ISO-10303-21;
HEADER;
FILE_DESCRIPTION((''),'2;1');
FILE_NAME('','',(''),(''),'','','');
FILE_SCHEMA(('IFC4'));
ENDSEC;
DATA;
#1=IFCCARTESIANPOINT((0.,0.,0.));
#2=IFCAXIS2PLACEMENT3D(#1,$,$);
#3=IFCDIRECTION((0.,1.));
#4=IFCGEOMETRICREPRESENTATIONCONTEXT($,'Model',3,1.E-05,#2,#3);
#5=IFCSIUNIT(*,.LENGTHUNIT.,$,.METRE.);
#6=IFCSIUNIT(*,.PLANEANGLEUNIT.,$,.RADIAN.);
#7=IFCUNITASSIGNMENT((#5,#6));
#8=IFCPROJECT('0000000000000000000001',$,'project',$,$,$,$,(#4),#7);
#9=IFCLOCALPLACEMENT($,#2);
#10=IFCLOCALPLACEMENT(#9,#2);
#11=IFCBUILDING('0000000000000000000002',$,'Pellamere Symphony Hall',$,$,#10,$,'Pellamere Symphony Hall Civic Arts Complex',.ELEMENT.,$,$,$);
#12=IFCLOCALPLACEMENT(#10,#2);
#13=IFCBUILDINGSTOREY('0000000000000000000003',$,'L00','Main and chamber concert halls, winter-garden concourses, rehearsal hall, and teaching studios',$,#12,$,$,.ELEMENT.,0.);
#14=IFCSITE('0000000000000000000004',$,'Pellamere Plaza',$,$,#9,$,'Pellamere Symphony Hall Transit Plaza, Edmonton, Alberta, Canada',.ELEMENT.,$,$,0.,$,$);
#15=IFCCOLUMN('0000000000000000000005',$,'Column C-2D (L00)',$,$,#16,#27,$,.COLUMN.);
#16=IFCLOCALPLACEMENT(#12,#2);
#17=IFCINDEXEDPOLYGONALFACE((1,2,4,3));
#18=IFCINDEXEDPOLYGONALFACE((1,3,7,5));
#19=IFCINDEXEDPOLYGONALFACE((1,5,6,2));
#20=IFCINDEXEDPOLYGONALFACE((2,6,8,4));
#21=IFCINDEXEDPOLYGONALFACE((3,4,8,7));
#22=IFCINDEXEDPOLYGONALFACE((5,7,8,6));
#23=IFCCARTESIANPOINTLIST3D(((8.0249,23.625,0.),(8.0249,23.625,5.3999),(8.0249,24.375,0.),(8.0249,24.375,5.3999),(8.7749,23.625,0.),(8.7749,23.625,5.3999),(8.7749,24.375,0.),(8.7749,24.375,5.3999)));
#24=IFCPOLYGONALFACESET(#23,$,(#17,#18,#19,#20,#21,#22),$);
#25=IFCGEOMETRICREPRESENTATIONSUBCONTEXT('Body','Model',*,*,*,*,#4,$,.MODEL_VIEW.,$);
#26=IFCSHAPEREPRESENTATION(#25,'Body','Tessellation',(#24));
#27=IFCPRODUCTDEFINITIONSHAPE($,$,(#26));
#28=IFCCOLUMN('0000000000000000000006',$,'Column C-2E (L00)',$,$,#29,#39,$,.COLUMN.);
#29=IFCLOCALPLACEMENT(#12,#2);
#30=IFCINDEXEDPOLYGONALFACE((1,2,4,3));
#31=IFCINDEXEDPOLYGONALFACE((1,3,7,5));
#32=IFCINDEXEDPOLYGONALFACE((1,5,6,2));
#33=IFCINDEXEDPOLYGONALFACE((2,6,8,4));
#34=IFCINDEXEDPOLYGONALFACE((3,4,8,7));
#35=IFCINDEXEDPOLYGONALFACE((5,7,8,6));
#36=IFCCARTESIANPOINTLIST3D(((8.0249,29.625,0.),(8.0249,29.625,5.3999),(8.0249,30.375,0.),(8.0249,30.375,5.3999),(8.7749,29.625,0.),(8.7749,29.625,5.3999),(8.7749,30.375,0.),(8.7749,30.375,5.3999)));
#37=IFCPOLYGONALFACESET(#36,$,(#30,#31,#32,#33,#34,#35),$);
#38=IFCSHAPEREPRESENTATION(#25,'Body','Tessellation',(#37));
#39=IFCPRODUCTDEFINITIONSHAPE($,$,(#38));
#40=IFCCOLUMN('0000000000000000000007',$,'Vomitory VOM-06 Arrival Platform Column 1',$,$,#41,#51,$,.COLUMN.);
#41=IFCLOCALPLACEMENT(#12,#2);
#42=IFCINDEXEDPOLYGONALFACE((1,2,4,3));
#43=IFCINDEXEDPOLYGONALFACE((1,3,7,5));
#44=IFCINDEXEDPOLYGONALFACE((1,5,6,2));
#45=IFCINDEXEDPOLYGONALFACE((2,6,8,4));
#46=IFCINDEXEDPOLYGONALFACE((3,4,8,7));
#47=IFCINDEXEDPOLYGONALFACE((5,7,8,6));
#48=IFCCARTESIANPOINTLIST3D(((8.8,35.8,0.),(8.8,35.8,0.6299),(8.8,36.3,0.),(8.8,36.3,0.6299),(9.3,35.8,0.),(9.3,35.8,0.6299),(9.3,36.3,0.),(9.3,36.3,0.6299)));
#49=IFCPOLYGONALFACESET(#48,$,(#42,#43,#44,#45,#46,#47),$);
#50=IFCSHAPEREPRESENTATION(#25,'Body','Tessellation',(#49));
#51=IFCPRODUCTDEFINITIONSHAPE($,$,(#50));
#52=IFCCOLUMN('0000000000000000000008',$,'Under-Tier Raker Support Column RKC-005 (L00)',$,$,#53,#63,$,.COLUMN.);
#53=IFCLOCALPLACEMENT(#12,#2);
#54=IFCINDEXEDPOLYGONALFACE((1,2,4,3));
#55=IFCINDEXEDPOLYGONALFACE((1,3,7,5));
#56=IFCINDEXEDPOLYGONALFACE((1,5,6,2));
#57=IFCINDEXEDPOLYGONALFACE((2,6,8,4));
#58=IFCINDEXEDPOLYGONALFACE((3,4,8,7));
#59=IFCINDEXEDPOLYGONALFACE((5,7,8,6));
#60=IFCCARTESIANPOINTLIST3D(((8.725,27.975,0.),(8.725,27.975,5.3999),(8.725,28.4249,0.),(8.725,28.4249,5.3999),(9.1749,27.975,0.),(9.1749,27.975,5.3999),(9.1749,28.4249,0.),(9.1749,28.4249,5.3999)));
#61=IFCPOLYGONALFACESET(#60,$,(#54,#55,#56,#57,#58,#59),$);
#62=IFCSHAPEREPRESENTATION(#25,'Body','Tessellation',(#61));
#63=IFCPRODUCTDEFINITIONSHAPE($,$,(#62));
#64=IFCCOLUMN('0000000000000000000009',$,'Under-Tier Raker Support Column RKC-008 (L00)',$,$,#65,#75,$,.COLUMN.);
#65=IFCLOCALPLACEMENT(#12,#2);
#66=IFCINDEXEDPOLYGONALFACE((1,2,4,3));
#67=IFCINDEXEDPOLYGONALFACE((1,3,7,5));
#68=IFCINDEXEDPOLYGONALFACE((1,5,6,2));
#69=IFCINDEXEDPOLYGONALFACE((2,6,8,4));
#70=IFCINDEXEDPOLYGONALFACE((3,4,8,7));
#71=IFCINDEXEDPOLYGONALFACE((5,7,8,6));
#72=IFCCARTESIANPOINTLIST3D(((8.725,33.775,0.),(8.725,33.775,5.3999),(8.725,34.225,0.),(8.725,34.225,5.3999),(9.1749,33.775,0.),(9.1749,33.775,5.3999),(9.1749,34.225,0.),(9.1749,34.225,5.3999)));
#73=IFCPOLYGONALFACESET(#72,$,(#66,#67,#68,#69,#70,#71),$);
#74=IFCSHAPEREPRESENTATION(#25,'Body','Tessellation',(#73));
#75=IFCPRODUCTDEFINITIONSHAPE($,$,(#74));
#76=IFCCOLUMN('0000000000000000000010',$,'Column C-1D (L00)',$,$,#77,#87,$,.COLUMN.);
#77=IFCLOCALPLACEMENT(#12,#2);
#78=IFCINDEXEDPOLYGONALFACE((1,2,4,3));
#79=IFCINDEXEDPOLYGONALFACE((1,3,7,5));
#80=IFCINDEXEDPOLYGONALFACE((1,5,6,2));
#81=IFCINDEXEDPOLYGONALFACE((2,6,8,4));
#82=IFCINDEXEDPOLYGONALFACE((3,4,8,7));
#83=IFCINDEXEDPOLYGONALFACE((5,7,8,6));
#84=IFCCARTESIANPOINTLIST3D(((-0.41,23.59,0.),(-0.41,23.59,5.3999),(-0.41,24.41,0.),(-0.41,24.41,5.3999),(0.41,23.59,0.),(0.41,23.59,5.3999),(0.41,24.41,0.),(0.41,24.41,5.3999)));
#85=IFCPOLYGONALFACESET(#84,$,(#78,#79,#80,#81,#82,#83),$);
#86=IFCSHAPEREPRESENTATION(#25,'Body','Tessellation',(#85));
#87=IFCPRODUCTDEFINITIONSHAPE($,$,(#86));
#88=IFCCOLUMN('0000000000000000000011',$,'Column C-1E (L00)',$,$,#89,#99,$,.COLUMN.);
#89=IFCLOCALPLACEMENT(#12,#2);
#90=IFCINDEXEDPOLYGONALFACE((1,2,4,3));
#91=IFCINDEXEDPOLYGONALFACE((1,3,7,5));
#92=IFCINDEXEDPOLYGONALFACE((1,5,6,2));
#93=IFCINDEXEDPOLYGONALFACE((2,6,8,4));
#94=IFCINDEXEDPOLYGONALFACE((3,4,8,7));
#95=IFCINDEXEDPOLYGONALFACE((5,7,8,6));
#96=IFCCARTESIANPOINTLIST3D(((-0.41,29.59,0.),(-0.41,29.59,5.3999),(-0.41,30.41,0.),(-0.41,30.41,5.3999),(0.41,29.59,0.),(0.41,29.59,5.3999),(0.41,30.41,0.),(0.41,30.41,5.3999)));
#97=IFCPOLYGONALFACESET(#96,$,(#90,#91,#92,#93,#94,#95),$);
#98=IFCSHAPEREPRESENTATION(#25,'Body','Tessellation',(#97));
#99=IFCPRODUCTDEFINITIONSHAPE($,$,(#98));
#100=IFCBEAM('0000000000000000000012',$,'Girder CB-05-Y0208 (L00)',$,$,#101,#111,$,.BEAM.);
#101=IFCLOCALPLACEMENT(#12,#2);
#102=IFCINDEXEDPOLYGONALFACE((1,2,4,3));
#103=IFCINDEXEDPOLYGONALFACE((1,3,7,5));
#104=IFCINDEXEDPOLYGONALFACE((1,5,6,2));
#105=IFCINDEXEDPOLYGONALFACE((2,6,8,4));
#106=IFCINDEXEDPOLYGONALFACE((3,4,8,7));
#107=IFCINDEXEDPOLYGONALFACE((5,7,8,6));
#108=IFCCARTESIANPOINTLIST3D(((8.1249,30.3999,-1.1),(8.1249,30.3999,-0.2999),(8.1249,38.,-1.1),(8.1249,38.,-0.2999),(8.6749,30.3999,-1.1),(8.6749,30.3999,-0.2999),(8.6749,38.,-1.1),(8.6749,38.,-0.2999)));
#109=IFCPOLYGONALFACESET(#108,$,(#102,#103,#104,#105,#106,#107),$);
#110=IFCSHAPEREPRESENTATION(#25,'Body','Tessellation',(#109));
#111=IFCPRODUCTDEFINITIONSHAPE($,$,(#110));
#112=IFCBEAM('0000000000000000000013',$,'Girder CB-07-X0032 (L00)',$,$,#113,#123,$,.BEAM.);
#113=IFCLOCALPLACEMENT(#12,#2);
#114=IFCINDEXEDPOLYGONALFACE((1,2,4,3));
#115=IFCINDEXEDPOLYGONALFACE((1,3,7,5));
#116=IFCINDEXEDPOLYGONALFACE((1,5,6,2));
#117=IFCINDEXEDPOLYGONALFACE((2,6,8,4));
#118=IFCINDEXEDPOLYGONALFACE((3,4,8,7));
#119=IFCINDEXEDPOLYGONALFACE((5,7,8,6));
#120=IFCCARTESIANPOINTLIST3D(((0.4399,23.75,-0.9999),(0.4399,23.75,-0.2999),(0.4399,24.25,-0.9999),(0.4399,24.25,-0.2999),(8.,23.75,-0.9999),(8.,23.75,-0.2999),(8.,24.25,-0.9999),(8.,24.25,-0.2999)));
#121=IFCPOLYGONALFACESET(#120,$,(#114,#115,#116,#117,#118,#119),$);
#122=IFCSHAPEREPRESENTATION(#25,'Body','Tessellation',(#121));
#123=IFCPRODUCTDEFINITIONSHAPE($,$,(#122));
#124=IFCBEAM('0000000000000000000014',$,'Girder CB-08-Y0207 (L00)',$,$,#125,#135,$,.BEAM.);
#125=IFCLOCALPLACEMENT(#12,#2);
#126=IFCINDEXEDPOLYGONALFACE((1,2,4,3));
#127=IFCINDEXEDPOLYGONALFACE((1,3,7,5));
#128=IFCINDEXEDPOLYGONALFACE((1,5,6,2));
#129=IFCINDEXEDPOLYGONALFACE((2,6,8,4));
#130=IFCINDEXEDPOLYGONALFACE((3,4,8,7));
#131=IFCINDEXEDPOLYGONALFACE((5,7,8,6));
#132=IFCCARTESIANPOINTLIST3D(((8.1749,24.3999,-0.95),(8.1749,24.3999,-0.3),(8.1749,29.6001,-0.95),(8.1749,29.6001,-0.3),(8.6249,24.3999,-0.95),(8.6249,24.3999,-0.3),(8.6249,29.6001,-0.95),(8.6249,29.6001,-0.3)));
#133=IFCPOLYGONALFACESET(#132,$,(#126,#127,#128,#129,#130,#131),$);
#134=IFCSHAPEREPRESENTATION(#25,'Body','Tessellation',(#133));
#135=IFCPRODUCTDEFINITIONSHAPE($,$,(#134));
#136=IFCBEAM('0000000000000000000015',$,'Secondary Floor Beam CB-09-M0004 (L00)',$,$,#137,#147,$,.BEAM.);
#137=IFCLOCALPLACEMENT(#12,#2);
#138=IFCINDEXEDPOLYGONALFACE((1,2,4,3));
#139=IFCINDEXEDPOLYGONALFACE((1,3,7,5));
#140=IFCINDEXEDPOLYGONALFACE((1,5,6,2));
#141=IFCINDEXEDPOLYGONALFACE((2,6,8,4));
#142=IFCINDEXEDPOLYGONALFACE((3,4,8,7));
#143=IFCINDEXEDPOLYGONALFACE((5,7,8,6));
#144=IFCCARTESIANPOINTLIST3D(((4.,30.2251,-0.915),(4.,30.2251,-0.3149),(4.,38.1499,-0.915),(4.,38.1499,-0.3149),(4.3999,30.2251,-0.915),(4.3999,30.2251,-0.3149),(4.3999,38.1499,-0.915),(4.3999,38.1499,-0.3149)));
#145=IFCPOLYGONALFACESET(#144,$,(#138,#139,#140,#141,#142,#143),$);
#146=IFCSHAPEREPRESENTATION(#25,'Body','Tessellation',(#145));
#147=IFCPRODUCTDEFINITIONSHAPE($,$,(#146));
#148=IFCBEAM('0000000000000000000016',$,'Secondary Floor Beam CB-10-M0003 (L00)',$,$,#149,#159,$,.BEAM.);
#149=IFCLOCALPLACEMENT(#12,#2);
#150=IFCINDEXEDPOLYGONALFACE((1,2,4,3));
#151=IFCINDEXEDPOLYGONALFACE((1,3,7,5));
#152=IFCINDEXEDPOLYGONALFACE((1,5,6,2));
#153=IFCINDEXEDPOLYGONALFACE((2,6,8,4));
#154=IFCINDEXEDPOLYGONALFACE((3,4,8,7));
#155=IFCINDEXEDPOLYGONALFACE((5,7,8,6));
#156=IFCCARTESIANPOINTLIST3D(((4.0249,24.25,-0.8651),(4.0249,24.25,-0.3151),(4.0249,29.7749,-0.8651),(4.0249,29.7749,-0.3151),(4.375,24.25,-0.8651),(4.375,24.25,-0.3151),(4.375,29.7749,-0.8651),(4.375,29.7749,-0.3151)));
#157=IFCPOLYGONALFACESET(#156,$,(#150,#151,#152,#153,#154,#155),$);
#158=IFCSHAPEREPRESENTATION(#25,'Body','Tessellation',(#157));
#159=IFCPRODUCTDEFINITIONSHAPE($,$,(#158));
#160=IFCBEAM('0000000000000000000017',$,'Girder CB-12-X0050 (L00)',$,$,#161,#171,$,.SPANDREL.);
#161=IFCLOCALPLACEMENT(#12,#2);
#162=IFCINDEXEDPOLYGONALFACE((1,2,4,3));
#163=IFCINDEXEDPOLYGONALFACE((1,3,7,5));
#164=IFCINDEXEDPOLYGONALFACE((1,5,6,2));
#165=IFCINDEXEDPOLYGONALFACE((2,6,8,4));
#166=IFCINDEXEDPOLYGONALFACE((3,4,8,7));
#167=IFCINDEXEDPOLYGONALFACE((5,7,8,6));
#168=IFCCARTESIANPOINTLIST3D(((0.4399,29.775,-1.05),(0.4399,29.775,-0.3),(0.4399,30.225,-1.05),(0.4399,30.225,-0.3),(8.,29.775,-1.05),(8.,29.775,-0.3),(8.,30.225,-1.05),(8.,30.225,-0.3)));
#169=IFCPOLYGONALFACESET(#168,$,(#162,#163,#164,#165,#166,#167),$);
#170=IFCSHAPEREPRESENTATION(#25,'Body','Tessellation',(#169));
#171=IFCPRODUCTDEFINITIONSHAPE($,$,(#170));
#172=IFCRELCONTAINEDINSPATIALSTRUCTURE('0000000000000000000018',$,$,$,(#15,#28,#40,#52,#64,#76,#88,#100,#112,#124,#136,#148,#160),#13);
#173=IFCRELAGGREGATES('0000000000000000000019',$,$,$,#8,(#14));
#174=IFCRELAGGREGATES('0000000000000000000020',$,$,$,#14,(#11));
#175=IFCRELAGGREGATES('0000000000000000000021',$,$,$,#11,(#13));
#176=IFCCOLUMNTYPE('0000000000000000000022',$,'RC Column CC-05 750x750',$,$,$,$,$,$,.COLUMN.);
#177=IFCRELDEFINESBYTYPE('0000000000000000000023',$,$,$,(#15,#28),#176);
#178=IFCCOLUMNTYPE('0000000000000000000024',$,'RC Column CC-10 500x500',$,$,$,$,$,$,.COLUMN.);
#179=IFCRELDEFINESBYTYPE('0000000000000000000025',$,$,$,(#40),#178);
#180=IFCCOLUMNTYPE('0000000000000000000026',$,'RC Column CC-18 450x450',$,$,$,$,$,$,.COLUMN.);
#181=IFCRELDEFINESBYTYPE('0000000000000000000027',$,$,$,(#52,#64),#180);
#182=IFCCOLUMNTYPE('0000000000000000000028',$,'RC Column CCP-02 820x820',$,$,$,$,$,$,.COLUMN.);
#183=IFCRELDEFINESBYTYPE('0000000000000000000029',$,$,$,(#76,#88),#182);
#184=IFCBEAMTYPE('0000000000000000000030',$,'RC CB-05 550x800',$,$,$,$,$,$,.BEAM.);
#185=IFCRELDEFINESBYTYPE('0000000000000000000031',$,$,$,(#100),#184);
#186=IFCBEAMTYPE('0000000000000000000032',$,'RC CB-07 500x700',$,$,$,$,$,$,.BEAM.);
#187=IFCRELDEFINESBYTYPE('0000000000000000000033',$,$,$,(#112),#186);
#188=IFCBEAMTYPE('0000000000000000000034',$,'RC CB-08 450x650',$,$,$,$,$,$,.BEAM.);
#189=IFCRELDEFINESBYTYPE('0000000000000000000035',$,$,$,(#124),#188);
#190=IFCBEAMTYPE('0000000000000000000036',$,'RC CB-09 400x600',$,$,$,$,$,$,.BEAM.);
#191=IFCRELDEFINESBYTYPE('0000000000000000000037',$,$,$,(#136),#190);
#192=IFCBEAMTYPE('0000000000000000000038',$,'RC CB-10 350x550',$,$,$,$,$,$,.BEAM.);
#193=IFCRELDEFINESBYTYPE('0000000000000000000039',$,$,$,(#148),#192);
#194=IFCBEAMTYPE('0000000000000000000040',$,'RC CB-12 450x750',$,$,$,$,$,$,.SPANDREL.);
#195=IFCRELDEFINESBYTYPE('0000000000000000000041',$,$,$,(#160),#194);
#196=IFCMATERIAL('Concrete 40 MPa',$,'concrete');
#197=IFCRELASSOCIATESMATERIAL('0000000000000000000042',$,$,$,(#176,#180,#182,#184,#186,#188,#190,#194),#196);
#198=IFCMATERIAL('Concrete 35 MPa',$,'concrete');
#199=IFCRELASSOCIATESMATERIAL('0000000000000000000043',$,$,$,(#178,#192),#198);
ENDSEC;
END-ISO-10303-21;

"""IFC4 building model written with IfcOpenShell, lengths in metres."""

from ifc_helpers import new_model, si_unit, direction, frame, origin, origin_2d, place, context, subcontext, project, spatial, rectangle, extrude, material, material_profile, profile_set, type_object, element, save


model = new_model("IFC4")

# Units and contexts
model_context = context("Model", 3, precision=1e-05, world=origin(), true_north=direction((0.0, 1.0)))
body_context = subcontext(model_context, "Body", "Model", "MODEL_VIEW")
ifc_project = project(units=[si_unit("LENGTHUNIT", "METRE"), si_unit("PLANEANGLEUNIT", "RADIAN")], contexts=[model_context])

# Site, building, storey
site_placement = place(None, origin())
site = spatial("IfcSite", under=ifc_project, at=site_placement, Name="Pellamere Plaza", LongName="Pellamere Symphony Hall Transit Plaza, Edmonton, Alberta, Canada", CompositionType="ELEMENT", RefElevation=0.0)
building_placement = place(site_placement, origin())
building = spatial("IfcBuilding", under=site, at=building_placement, Name="Pellamere Symphony Hall", LongName="Pellamere Symphony Hall Civic Arts Complex", CompositionType="ELEMENT")
storey_placement = place(building_placement, origin())
storey = spatial("IfcBuildingStorey", under=building, at=storey_placement, Name="L00", Description="Main and chamber concert halls, winter-garden concourses, rehearsal hall, and teaching studios", CompositionType="ELEMENT", Elevation=0.0)

# Columns
ifc_material_1 = material(Name="Concrete 40 MPa", Category="concrete")
ifc_material_profile_1 = material_profile(ifc_material_1, rectangle(XDim=0.75, YDim=0.75, at=origin_2d()), Name="RC 750x750")
ifc_profile_set_1 = profile_set([ifc_material_profile_1], Name="Concrete 40 MPa")
column_type_1 = type_object("IfcColumnType", Name="RC Column CC-05 750x750", PredefinedType="COLUMN", material=ifc_profile_set_1)
for number, where, z_axis, x_axis, name in (
    (1, (8.3999, 24.0, 0.0), (0.0, 0.0, 1.0), (1.0, 0.0, 0.0), "Column C-2D (L00)"),
    (2, (8.3999, 30.0, 0.0), (0.0, 0.0, 1.0), (1.0, 0.0, 0.0), "Column C-2E (L00)"),
):
    element("IfcColumn", number, at=place(storey_placement, frame(where, z_axis=z_axis, x_axis=x_axis)), inside=storey, type_object=column_type_1, Name=name, PredefinedType="COLUMN", context=body_context, shape_type="SweptSolid", body=[
        extrude(rectangle(XDim=0.75, YDim=0.75, at=origin_2d()), origin(), (0.0, 0.0, 1.0), 5.3999),
    ])
ifc_material_2 = material(Name="Concrete 35 MPa", Category="concrete")
ifc_material_profile_2 = material_profile(ifc_material_2, rectangle(XDim=0.5, YDim=0.5, at=origin_2d()), Name="RC 500x500")
ifc_profile_set_2 = profile_set([ifc_material_profile_2], Name="Concrete 35 MPa")
column_type_2 = type_object("IfcColumnType", Name="RC Column CC-10 500x500", PredefinedType="COLUMN", material=ifc_profile_set_2)
column_placement = place(storey_placement, frame((9.05, 36.05, 0.0), z_axis=(0.0, 0.0, 1.0), x_axis=(1.0, 0.0, 0.0)))
element("IfcColumn", 3, at=column_placement, inside=storey, type_object=column_type_2, Name="Vomitory VOM-06 Arrival Platform Column 1", PredefinedType="COLUMN", context=body_context, shape_type="SweptSolid", body=[
    extrude(rectangle(XDim=0.5, YDim=0.5, at=origin_2d()), origin(), (0.0, 0.0, 1.0), 0.6299),
])
ifc_material_profile_3 = material_profile(ifc_material_1, rectangle(XDim=0.45, YDim=0.45, at=origin_2d()), Name="RC 450x450")
ifc_profile_set_3 = profile_set([ifc_material_profile_3], Name="Concrete 40 MPa")
column_type_3 = type_object("IfcColumnType", Name="RC Column CC-18 450x450", PredefinedType="COLUMN", material=ifc_profile_set_3)
for number, where, z_axis, x_axis, name in (
    (4, (8.95, 28.2, 0.0), (0.0, 0.0, 1.0), (1.0, 0.0, 0.0), "Under-Tier Raker Support Column RKC-005 (L00)"),
    (5, (8.95, 34.0, 0.0), (0.0, 0.0, 1.0), (1.0, 0.0, 0.0), "Under-Tier Raker Support Column RKC-008 (L00)"),
):
    element("IfcColumn", number, at=place(storey_placement, frame(where, z_axis=z_axis, x_axis=x_axis)), inside=storey, type_object=column_type_3, Name=name, PredefinedType="COLUMN", context=body_context, shape_type="SweptSolid", body=[
        extrude(rectangle(XDim=0.45, YDim=0.45, at=origin_2d()), origin(), (0.0, 0.0, 1.0), 5.3999),
    ])
ifc_material_profile_4 = material_profile(ifc_material_1, rectangle(XDim=0.8201, YDim=0.8201, at=origin_2d()), Name="RC 820x820")
ifc_profile_set_4 = profile_set([ifc_material_profile_4], Name="Concrete 40 MPa")
column_type_4 = type_object("IfcColumnType", Name="RC Column CCP-02 820x820", PredefinedType="COLUMN", material=ifc_profile_set_4)
for number, where, z_axis, x_axis, name in (
    (6, (0.0, 24.0, 0.0), (0.0, 0.0, 1.0), (1.0, 0.0, 0.0), "Column C-1D (L00)"),
    (7, (0.0, 30.0, 0.0), (0.0, 0.0, 1.0), (1.0, 0.0, 0.0), "Column C-1E (L00)"),
):
    element("IfcColumn", number, at=place(storey_placement, frame(where, z_axis=z_axis, x_axis=x_axis)), inside=storey, type_object=column_type_4, Name=name, PredefinedType="COLUMN", context=body_context, shape_type="SweptSolid", body=[
        extrude(rectangle(XDim=0.8201, YDim=0.8201, at=origin_2d()), origin(), (0.0, 0.0, 1.0), 5.3999),
    ])

# Beams
ifc_material_profile_5 = material_profile(ifc_material_1, rectangle(XDim=0.55, YDim=0.8, at=origin_2d()), Name="RC 550x800")
ifc_profile_set_5 = profile_set([ifc_material_profile_5], Name="Concrete 40 MPa")
beam_type_1 = type_object("IfcBeamType", Name="RC CB-05 550x800", PredefinedType="BEAM", material=ifc_profile_set_5)
beam_1_placement = place(storey_placement, frame((8.3999, 30.3999, -0.7), z_axis=(0.0, 1.0, 0.0), x_axis=(-1.0, 0.0, 0.0)))
element("IfcBeam", 8, at=beam_1_placement, inside=storey, type_object=beam_type_1, Name="Girder CB-05-Y0208 (L00)", PredefinedType="BEAM", context=body_context, shape_type="SweptSolid", body=[
    extrude(rectangle(XDim=0.55, YDim=0.8, at=origin_2d()), origin(), (0.0, 0.0, 1.0), 7.6001),
])
ifc_material_profile_6 = material_profile(ifc_material_1, rectangle(XDim=0.5, YDim=0.7, at=origin_2d()), Name="RC 500x700")
ifc_profile_set_6 = profile_set([ifc_material_profile_6], Name="Concrete 40 MPa")
beam_type_2 = type_object("IfcBeamType", Name="RC CB-07 500x700", PredefinedType="BEAM", material=ifc_profile_set_6)
beam_2_placement = place(storey_placement, frame((0.4399, 24.0, -0.6499), z_axis=(1.0, 0.0, 0.0), x_axis=(0.0, 1.0, 0.0)))
element("IfcBeam", 9, at=beam_2_placement, inside=storey, type_object=beam_type_2, Name="Girder CB-07-X0032 (L00)", PredefinedType="BEAM", context=body_context, shape_type="SweptSolid", body=[
    extrude(rectangle(XDim=0.5, YDim=0.7, at=origin_2d()), origin(), (0.0, 0.0, 1.0), 7.5601),
])
ifc_material_profile_7 = material_profile(ifc_material_1, rectangle(XDim=0.45, YDim=0.6499, at=origin_2d()), Name="RC 450x650")
ifc_profile_set_7 = profile_set([ifc_material_profile_7], Name="Concrete 40 MPa")
beam_type_3 = type_object("IfcBeamType", Name="RC CB-08 450x650", PredefinedType="BEAM", material=ifc_profile_set_7)
beam_3_placement = place(storey_placement, frame((8.3999, 24.3999, -0.625), z_axis=(0.0, 1.0, 0.0), x_axis=(-1.0, 0.0, 0.0)))
element("IfcBeam", 10, at=beam_3_placement, inside=storey, type_object=beam_type_3, Name="Girder CB-08-Y0207 (L00)", PredefinedType="BEAM", context=body_context, shape_type="SweptSolid", body=[
    extrude(rectangle(XDim=0.45, YDim=0.6499, at=origin_2d()), origin(), (0.0, 0.0, 1.0), 5.2002),
])
ifc_material_profile_8 = material_profile(ifc_material_1, rectangle(XDim=0.3999, YDim=0.6001, at=origin_2d()), Name="RC 400x600")
ifc_profile_set_8 = profile_set([ifc_material_profile_8], Name="Concrete 40 MPa")
beam_type_4 = type_object("IfcBeamType", Name="RC CB-09 400x600", PredefinedType="BEAM", material=ifc_profile_set_8)
beam_4_placement = place(storey_placement, frame((4.2, 30.2251, -0.615), z_axis=(0.0, 1.0, 0.0), x_axis=(-1.0, 0.0, 0.0)))
element("IfcBeam", 11, at=beam_4_placement, inside=storey, type_object=beam_type_4, Name="Secondary Floor Beam CB-09-M0004 (L00)", PredefinedType="BEAM", context=body_context, shape_type="SweptSolid", body=[
    extrude(rectangle(XDim=0.3999, YDim=0.6001, at=origin_2d()), origin(), (0.0, 0.0, 1.0), 7.9248),
])
ifc_material_profile_9 = material_profile(ifc_material_2, rectangle(XDim=0.3501, YDim=0.55, at=origin_2d()), Name="RC 350x550")
ifc_profile_set_9 = profile_set([ifc_material_profile_9], Name="Concrete 35 MPa")
beam_type_5 = type_object("IfcBeamType", Name="RC CB-10 350x550", PredefinedType="BEAM", material=ifc_profile_set_9)
beam_5_placement = place(storey_placement, frame((4.2, 24.25, -0.5901), z_axis=(0.0, 1.0, 0.0), x_axis=(-1.0, 0.0, 0.0)))
element("IfcBeam", 12, at=beam_5_placement, inside=storey, type_object=beam_type_5, Name="Secondary Floor Beam CB-10-M0003 (L00)", PredefinedType="BEAM", context=body_context, shape_type="SweptSolid", body=[
    extrude(rectangle(XDim=0.3501, YDim=0.55, at=origin_2d()), origin(), (0.0, 0.0, 1.0), 5.5249),
])
ifc_material_profile_10 = material_profile(ifc_material_1, rectangle(XDim=0.45, YDim=0.75, at=origin_2d()), Name="RC 450x750")
ifc_profile_set_10 = profile_set([ifc_material_profile_10], Name="Concrete 40 MPa")
beam_type_6 = type_object("IfcBeamType", Name="RC CB-12 450x750", PredefinedType="SPANDREL", material=ifc_profile_set_10)
beam_6_placement = place(storey_placement, frame((0.4399, 30.0, -0.675), z_axis=(1.0, 0.0, 0.0), x_axis=(0.0, 1.0, 0.0)))
element("IfcBeam", 13, at=beam_6_placement, inside=storey, type_object=beam_type_6, Name="Girder CB-12-X0050 (L00)", PredefinedType="SPANDREL", context=body_context, shape_type="SweptSolid", body=[
    extrude(rectangle(XDim=0.45, YDim=0.75, at=origin_2d()), origin(), (0.0, 0.0, 1.0), 7.5601),
])

save(model, "model.ifc")
